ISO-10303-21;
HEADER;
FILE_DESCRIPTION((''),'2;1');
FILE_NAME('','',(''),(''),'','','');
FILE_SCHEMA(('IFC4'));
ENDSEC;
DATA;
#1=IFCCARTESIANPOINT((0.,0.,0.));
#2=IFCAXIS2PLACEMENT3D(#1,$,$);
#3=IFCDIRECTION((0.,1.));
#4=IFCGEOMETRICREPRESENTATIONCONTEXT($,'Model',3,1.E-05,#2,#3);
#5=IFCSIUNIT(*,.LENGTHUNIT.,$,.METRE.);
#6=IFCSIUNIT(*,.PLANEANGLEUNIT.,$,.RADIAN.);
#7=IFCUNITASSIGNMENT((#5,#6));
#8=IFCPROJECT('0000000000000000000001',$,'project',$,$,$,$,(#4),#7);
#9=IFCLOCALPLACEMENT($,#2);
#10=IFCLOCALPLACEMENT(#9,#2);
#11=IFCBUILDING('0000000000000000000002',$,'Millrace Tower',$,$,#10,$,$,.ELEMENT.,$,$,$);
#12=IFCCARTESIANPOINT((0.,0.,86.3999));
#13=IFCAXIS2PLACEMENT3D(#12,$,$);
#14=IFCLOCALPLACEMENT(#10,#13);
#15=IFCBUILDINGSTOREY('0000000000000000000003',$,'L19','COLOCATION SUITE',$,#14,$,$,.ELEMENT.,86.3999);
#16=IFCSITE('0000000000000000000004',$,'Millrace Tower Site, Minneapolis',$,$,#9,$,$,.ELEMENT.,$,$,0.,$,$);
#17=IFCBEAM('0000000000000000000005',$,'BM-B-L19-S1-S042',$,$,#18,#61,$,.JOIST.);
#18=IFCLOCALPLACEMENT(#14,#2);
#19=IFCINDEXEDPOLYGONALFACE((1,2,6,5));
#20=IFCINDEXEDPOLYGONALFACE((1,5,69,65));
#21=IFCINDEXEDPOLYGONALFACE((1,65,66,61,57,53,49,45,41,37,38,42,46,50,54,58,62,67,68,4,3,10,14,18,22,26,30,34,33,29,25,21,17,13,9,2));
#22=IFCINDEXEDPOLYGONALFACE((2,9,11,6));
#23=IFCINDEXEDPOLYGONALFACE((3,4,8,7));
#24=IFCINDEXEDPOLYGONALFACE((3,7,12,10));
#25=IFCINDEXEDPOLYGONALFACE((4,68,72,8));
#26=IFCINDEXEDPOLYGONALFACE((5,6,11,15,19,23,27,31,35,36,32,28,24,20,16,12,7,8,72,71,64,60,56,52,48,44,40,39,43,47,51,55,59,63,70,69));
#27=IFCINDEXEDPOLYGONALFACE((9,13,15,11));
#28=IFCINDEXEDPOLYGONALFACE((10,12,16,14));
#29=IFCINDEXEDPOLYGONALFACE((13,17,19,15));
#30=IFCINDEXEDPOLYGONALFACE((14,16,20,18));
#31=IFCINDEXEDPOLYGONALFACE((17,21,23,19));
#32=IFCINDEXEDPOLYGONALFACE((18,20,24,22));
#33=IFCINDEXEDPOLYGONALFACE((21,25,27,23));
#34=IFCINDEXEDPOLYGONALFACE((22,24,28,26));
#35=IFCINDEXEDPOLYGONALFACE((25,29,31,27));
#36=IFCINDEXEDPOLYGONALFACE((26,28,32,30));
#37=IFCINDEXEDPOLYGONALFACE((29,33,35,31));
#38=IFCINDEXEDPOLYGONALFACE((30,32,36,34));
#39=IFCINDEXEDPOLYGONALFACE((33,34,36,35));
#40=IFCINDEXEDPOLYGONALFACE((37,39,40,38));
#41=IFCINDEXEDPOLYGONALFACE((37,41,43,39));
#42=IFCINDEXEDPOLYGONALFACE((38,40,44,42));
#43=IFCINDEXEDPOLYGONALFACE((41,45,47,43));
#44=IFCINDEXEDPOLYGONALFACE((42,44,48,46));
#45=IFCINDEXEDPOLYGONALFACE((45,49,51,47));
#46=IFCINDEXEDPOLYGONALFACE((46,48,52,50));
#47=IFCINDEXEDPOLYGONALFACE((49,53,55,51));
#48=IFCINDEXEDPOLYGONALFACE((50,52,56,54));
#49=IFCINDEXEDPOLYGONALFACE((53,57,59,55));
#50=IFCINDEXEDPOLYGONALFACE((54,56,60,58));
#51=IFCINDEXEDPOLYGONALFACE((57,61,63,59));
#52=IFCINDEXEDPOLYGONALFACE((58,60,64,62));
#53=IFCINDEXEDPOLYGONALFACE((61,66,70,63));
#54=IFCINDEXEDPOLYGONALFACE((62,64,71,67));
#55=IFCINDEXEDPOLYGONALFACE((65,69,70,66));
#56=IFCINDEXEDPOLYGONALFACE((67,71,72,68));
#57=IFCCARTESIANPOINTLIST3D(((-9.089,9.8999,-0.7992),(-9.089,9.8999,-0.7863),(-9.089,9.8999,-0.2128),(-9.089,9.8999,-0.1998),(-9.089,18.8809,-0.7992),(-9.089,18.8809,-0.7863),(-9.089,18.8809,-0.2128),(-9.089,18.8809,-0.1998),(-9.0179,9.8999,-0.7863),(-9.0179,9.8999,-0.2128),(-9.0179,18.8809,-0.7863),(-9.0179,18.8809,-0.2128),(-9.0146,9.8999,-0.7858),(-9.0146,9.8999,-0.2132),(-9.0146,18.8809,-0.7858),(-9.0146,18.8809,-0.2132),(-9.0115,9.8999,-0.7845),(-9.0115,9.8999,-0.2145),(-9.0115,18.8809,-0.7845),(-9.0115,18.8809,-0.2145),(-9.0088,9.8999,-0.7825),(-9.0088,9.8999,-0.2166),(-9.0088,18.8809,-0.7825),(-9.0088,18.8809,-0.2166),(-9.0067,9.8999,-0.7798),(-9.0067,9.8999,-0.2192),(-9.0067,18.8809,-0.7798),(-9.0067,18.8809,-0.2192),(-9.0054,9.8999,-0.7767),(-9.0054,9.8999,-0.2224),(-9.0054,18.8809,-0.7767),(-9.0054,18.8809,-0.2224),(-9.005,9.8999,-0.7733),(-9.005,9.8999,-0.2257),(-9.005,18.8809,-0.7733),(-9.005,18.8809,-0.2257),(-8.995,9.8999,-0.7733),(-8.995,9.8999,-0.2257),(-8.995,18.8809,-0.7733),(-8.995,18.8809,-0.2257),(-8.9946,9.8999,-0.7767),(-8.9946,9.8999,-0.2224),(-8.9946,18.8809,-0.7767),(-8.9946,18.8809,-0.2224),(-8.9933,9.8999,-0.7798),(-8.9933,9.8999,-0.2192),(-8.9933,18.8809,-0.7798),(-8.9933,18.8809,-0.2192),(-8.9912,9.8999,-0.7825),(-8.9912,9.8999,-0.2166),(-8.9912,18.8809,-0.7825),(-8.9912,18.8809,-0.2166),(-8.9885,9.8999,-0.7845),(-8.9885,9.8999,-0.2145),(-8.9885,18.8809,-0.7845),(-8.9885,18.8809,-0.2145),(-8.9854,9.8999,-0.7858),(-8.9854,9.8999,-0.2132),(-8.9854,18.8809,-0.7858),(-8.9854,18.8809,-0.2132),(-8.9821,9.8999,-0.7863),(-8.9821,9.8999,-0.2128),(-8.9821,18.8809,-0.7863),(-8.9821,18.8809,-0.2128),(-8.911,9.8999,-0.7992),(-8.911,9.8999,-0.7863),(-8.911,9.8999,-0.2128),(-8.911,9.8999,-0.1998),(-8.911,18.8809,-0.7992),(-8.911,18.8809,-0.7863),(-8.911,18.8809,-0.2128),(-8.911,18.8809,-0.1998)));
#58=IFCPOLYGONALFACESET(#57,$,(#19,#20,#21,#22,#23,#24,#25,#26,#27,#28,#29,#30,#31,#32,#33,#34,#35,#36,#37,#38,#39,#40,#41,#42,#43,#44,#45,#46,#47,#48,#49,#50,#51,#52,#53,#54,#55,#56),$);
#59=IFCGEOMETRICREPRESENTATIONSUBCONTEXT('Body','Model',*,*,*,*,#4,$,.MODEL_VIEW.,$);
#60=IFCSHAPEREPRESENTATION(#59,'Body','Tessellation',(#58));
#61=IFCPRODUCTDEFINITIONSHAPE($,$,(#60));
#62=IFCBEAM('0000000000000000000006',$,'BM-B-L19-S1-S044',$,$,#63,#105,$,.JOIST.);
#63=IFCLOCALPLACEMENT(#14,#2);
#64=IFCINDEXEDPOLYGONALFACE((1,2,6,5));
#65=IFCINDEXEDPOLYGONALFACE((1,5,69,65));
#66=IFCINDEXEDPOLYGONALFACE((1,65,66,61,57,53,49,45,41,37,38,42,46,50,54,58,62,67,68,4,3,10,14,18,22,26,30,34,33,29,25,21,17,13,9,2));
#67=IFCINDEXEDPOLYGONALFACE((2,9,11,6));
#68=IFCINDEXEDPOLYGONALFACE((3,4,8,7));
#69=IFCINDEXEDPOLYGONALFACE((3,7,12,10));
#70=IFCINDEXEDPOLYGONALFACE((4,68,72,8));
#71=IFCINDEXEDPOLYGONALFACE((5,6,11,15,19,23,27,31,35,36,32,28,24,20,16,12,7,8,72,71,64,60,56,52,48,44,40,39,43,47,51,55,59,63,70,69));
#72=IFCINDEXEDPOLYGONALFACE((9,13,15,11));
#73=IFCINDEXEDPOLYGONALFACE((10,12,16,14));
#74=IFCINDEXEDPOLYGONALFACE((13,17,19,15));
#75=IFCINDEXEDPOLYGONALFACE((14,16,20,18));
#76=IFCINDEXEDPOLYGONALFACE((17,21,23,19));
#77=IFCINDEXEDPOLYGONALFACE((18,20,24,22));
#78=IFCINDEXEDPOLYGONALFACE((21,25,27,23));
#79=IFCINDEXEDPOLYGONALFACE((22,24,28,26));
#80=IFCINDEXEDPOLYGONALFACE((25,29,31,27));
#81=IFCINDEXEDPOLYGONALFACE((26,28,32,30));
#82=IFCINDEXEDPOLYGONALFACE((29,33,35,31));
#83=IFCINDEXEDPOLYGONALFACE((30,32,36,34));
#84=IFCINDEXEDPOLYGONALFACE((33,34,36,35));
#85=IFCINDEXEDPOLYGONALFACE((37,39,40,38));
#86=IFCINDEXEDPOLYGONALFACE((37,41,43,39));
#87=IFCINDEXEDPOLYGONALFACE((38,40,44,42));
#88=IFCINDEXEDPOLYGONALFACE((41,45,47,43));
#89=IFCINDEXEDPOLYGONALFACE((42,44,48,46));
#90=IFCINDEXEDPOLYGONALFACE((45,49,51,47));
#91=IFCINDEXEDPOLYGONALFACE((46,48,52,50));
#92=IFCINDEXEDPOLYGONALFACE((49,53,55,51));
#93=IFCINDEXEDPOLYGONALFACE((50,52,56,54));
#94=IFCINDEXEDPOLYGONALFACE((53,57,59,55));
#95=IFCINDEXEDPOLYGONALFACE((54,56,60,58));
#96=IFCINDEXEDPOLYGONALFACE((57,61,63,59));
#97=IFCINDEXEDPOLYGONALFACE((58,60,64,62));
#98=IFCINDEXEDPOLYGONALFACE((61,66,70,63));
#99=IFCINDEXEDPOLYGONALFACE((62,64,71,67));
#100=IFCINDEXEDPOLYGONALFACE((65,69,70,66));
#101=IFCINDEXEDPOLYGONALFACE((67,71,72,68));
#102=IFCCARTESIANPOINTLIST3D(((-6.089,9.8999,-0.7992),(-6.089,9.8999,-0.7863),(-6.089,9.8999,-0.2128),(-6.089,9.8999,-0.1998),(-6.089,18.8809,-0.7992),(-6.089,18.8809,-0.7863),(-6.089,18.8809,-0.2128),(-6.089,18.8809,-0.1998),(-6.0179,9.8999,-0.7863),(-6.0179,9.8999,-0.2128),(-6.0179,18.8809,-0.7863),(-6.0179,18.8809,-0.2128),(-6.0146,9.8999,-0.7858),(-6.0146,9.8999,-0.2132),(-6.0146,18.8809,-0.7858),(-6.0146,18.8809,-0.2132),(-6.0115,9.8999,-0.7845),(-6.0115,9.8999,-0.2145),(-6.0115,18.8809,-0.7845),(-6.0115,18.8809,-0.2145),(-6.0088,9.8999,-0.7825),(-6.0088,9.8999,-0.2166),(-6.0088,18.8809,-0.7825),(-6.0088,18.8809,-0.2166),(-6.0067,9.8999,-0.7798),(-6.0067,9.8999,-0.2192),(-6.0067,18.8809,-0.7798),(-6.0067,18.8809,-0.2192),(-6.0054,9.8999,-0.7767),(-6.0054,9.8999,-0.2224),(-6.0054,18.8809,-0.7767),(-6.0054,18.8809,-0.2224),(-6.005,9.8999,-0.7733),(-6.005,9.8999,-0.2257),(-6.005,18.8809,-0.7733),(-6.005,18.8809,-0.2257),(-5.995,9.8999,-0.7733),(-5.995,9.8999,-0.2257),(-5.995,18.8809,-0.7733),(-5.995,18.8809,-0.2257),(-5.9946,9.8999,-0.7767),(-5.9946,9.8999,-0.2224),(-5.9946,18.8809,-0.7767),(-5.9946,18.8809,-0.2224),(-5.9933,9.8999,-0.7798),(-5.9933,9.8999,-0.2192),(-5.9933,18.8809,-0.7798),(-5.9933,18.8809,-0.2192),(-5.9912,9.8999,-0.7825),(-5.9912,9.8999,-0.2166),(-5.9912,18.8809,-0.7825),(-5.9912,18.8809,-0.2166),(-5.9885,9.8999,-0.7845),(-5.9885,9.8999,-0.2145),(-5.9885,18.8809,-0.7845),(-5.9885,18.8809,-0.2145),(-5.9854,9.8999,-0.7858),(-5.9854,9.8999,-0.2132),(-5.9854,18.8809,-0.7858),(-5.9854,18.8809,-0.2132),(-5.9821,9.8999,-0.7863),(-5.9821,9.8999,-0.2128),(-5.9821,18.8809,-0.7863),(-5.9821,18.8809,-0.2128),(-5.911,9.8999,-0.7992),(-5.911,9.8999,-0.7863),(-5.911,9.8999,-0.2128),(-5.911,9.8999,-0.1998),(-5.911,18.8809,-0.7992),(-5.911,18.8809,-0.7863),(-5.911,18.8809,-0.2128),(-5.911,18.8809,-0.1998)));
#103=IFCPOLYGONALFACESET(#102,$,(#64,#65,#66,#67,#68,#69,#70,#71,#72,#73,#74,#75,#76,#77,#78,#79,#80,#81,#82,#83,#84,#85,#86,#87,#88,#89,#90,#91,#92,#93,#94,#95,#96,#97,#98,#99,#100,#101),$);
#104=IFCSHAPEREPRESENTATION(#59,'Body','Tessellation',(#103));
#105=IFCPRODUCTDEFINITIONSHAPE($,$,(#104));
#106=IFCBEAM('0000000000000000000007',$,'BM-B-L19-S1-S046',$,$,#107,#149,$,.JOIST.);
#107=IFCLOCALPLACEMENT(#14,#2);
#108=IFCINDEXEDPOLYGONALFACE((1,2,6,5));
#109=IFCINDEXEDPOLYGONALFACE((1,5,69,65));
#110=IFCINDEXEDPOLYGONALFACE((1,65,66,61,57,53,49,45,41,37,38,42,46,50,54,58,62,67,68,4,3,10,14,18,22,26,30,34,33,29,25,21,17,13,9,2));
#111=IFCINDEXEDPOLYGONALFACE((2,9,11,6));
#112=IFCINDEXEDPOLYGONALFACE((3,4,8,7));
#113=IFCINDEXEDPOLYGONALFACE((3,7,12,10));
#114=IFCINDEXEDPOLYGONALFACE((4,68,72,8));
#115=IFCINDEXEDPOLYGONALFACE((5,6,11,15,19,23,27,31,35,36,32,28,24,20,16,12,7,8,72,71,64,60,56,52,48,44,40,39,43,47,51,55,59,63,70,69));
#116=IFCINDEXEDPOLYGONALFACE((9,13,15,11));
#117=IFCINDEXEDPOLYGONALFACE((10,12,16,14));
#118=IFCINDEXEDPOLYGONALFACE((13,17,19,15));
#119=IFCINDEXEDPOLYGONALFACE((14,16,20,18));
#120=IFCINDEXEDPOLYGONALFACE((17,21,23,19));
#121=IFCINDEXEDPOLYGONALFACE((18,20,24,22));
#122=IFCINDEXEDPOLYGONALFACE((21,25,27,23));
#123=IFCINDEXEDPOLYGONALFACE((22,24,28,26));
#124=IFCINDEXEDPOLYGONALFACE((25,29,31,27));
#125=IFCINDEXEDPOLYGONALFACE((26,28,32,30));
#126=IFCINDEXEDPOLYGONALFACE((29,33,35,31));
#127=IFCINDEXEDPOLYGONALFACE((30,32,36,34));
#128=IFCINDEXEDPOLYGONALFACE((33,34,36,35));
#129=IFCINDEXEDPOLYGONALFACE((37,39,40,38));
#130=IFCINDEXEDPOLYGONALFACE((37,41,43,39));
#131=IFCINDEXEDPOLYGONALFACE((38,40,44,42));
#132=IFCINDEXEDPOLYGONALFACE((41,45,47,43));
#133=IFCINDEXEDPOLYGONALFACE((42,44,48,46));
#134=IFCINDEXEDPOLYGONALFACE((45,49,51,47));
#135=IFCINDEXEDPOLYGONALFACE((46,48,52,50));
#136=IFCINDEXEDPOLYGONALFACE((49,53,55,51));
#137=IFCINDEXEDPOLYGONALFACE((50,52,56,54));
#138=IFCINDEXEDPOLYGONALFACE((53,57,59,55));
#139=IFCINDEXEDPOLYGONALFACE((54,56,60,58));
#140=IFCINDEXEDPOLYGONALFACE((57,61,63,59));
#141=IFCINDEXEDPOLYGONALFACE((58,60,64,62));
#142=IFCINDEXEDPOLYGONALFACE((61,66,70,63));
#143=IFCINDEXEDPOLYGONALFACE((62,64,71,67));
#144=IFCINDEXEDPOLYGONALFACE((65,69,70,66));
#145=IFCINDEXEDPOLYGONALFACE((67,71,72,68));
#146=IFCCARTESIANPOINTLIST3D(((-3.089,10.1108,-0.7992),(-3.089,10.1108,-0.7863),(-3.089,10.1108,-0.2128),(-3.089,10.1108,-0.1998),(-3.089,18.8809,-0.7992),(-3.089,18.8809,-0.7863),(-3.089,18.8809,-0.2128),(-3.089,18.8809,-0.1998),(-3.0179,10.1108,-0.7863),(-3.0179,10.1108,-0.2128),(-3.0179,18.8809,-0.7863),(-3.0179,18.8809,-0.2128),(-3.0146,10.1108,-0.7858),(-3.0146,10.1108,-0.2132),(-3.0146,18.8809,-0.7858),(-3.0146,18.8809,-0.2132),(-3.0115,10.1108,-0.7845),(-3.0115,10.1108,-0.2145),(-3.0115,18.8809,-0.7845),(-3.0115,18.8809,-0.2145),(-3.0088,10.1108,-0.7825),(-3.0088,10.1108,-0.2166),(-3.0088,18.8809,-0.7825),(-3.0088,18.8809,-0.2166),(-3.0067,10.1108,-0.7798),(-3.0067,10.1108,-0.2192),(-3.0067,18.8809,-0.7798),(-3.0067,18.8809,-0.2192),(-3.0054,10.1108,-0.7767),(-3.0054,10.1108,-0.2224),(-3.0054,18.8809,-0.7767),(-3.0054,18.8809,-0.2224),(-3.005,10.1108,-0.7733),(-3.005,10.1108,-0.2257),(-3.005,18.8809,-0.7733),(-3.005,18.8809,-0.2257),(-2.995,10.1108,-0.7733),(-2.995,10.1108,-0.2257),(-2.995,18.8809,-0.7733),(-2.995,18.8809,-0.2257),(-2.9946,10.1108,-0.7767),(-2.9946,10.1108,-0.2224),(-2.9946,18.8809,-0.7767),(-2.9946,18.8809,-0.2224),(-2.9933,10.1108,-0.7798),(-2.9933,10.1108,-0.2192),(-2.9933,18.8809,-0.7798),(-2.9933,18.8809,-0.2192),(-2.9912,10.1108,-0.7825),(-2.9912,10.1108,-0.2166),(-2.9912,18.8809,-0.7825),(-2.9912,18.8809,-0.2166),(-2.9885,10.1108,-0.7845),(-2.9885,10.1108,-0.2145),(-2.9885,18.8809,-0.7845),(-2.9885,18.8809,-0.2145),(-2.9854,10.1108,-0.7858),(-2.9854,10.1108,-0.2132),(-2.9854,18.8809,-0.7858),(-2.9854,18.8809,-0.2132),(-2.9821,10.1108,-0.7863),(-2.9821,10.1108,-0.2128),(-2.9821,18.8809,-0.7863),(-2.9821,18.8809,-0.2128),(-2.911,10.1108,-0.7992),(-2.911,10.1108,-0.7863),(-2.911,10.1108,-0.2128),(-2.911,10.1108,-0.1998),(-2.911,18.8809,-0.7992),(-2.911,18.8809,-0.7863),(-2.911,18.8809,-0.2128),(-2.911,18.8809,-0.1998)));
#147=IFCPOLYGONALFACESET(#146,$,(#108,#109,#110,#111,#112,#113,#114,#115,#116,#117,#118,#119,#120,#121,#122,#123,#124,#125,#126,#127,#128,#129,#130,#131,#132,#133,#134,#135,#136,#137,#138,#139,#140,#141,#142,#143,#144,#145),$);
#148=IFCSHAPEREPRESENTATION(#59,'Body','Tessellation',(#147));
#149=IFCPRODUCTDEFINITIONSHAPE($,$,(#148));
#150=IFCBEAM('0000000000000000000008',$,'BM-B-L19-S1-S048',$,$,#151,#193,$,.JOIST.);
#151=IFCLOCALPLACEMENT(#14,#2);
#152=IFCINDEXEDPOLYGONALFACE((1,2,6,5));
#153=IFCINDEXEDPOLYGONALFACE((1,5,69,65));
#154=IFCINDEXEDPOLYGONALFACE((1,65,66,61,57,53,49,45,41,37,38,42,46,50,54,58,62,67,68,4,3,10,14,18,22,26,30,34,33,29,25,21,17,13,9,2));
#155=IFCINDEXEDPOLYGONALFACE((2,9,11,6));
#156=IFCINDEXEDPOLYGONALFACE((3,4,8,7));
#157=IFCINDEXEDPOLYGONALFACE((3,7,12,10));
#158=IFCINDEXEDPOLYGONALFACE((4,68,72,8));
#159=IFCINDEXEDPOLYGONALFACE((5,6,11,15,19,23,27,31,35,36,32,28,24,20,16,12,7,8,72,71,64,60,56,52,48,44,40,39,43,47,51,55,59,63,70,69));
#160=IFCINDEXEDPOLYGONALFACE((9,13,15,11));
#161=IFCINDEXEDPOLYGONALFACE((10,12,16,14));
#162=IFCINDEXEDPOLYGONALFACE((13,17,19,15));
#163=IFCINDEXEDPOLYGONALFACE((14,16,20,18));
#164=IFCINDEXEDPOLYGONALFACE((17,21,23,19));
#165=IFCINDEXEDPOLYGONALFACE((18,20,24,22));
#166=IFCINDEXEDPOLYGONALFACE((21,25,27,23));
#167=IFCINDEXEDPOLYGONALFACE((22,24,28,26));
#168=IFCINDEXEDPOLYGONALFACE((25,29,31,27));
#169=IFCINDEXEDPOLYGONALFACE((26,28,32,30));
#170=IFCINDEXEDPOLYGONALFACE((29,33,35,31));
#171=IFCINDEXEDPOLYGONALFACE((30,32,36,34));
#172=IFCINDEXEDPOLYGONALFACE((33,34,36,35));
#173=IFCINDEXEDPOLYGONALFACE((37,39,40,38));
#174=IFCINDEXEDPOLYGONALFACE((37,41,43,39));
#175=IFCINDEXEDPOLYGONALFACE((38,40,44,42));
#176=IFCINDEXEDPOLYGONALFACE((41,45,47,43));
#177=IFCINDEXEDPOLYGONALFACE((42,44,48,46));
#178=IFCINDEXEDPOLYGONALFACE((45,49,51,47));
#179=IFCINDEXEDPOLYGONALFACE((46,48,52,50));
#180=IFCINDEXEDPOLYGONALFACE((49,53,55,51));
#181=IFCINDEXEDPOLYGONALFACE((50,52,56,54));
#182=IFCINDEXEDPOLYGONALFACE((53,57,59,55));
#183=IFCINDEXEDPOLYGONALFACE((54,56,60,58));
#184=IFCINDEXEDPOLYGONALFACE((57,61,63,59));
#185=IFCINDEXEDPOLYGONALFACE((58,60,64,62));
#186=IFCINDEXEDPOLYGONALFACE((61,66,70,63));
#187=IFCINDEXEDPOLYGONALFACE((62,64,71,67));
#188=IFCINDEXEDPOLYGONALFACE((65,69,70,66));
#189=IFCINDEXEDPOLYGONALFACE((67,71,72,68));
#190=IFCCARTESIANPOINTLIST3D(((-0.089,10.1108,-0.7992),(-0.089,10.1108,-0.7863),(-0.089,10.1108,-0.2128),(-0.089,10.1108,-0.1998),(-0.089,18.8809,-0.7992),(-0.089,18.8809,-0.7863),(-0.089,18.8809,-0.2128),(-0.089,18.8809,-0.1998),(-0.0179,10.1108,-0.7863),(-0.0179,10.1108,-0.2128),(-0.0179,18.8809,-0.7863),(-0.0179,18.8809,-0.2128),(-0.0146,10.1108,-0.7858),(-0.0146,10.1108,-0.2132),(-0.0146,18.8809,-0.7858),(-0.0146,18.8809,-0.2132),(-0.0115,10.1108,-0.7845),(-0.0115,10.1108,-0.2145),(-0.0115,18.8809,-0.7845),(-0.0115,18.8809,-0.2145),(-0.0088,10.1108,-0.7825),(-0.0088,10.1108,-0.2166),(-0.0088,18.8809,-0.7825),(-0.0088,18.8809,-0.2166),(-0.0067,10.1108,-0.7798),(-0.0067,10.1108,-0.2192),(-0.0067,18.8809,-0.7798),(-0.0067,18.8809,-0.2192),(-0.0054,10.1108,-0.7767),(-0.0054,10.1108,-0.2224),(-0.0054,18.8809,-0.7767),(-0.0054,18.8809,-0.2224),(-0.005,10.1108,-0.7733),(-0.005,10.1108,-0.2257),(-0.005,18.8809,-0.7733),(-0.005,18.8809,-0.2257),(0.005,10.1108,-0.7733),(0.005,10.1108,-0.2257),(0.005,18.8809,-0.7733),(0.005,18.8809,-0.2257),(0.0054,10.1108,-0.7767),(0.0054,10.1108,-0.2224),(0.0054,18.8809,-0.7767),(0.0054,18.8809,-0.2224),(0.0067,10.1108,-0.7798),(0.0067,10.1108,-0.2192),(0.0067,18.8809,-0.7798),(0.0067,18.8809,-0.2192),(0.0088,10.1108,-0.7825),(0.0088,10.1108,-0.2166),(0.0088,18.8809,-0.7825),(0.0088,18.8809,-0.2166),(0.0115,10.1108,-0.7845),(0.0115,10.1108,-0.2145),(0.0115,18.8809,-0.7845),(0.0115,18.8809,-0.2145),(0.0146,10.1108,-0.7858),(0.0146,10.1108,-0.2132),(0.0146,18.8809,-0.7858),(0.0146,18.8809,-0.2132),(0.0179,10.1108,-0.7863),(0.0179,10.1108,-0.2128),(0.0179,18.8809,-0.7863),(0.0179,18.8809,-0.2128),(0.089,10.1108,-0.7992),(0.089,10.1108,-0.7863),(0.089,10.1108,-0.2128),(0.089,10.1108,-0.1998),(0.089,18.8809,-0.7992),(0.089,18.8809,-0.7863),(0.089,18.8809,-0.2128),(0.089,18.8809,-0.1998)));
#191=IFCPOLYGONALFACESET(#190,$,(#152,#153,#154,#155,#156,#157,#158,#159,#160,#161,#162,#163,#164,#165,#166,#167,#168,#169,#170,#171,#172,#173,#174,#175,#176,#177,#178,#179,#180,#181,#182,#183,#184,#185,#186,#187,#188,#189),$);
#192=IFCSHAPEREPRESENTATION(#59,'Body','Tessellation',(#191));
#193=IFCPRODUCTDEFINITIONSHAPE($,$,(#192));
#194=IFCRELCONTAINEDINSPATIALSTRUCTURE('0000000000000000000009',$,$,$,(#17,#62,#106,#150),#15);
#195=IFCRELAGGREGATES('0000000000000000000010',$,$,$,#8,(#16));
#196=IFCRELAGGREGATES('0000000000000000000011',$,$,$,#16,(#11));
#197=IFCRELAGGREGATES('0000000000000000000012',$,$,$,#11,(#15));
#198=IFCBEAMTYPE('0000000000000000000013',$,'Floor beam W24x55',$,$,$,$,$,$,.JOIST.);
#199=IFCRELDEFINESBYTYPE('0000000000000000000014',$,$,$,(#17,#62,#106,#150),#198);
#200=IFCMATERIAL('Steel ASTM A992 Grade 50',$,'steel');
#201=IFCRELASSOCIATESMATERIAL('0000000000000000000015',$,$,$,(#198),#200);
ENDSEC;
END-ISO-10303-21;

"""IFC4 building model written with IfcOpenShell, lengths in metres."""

from ifc_helpers import new_model, si_unit, direction, frame, origin, origin_2d, place, context, subcontext, project, spatial, i_section, extrude, material, material_profile, profile_set, type_object, element, save


model = new_model("IFC4")

# Units and contexts
model_context = context("Model", 3, precision=1e-05, world=origin(), true_north=direction((0.0, 1.0)))
body_context = subcontext(model_context, "Body", "Model", "MODEL_VIEW")
ifc_project = project(units=[si_unit("LENGTHUNIT", "METRE"), si_unit("PLANEANGLEUNIT", "RADIAN")], contexts=[model_context])

# Site, building, storey
site_placement = place(None, origin())
site = spatial("IfcSite", under=ifc_project, at=site_placement, Name="Millrace Tower Site, Minneapolis", CompositionType="ELEMENT", RefElevation=0.0)
building_placement = place(site_placement, origin())
building = spatial("IfcBuilding", under=site, at=building_placement, Name="Millrace Tower", CompositionType="ELEMENT")
storey_placement = place(building_placement, frame((0.0, 0.0, 86.3999)))
storey = spatial("IfcBuildingStorey", under=building, at=storey_placement, Name="L19", Description="COLOCATION SUITE", CompositionType="ELEMENT", Elevation=86.3999)

# Beams
ifc_material_1 = material(Name="Steel ASTM A992 Grade 50", Category="steel")
ifc_material_profile_1 = material_profile(ifc_material_1, i_section(OverallWidth=0.178, OverallDepth=0.5994, WebThickness=0.01, FlangeThickness=0.0129, FilletRadius=0.0129, at=origin_2d()))
ifc_profile_set_1 = profile_set([ifc_material_profile_1], Name="Steel ASTM A992 Grade 50")
beam_type_1 = type_object("IfcBeamType", Name="Floor beam W24x55", PredefinedType="JOIST", material=ifc_profile_set_1)
for number, where, z_axis, x_axis, name in (
    (1, (-9.0, 9.8999, -0.4995), (0.0, 1.0, 0.0), (-1.0, 0.0, 0.0), "BM-B-L19-S1-S042"),
    (2, (-6.0, 9.8999, -0.4995), (0.0, 1.0, 0.0), (-1.0, 0.0, 0.0), "BM-B-L19-S1-S044"),
):
    element("IfcBeam", number, at=place(storey_placement, frame(where, z_axis=z_axis, x_axis=x_axis)), inside=storey, type_object=beam_type_1, Name=name, PredefinedType="JOIST", context=body_context, shape_type="SweptSolid", body=[
        extrude(i_section(OverallWidth=0.178, OverallDepth=0.5994, WebThickness=0.01, FlangeThickness=0.0129, FilletRadius=0.0129, at=origin_2d()), origin(), (0.0, 0.0, 1.0), 8.981),
    ])
for number, where, z_axis, x_axis, name in (
    (3, (-3.0, 10.1108, -0.4995), (0.0, 1.0, 0.0), (-1.0, 0.0, 0.0), "BM-B-L19-S1-S046"),
    (4, (0.0, 10.1108, -0.4995), (0.0, 1.0, 0.0), (-1.0, 0.0, 0.0), "BM-B-L19-S1-S048"),
):
    element("IfcBeam", number, at=place(storey_placement, frame(where, z_axis=z_axis, x_axis=x_axis)), inside=storey, type_object=beam_type_1, Name=name, PredefinedType="JOIST", context=body_context, shape_type="SweptSolid", body=[
        extrude(i_section(OverallWidth=0.178, OverallDepth=0.5994, WebThickness=0.01, FlangeThickness=0.0129, FilletRadius=0.0129, at=origin_2d()), origin(), (0.0, 0.0, 1.0), 8.77),
    ])

save(model, "model.ifc")
